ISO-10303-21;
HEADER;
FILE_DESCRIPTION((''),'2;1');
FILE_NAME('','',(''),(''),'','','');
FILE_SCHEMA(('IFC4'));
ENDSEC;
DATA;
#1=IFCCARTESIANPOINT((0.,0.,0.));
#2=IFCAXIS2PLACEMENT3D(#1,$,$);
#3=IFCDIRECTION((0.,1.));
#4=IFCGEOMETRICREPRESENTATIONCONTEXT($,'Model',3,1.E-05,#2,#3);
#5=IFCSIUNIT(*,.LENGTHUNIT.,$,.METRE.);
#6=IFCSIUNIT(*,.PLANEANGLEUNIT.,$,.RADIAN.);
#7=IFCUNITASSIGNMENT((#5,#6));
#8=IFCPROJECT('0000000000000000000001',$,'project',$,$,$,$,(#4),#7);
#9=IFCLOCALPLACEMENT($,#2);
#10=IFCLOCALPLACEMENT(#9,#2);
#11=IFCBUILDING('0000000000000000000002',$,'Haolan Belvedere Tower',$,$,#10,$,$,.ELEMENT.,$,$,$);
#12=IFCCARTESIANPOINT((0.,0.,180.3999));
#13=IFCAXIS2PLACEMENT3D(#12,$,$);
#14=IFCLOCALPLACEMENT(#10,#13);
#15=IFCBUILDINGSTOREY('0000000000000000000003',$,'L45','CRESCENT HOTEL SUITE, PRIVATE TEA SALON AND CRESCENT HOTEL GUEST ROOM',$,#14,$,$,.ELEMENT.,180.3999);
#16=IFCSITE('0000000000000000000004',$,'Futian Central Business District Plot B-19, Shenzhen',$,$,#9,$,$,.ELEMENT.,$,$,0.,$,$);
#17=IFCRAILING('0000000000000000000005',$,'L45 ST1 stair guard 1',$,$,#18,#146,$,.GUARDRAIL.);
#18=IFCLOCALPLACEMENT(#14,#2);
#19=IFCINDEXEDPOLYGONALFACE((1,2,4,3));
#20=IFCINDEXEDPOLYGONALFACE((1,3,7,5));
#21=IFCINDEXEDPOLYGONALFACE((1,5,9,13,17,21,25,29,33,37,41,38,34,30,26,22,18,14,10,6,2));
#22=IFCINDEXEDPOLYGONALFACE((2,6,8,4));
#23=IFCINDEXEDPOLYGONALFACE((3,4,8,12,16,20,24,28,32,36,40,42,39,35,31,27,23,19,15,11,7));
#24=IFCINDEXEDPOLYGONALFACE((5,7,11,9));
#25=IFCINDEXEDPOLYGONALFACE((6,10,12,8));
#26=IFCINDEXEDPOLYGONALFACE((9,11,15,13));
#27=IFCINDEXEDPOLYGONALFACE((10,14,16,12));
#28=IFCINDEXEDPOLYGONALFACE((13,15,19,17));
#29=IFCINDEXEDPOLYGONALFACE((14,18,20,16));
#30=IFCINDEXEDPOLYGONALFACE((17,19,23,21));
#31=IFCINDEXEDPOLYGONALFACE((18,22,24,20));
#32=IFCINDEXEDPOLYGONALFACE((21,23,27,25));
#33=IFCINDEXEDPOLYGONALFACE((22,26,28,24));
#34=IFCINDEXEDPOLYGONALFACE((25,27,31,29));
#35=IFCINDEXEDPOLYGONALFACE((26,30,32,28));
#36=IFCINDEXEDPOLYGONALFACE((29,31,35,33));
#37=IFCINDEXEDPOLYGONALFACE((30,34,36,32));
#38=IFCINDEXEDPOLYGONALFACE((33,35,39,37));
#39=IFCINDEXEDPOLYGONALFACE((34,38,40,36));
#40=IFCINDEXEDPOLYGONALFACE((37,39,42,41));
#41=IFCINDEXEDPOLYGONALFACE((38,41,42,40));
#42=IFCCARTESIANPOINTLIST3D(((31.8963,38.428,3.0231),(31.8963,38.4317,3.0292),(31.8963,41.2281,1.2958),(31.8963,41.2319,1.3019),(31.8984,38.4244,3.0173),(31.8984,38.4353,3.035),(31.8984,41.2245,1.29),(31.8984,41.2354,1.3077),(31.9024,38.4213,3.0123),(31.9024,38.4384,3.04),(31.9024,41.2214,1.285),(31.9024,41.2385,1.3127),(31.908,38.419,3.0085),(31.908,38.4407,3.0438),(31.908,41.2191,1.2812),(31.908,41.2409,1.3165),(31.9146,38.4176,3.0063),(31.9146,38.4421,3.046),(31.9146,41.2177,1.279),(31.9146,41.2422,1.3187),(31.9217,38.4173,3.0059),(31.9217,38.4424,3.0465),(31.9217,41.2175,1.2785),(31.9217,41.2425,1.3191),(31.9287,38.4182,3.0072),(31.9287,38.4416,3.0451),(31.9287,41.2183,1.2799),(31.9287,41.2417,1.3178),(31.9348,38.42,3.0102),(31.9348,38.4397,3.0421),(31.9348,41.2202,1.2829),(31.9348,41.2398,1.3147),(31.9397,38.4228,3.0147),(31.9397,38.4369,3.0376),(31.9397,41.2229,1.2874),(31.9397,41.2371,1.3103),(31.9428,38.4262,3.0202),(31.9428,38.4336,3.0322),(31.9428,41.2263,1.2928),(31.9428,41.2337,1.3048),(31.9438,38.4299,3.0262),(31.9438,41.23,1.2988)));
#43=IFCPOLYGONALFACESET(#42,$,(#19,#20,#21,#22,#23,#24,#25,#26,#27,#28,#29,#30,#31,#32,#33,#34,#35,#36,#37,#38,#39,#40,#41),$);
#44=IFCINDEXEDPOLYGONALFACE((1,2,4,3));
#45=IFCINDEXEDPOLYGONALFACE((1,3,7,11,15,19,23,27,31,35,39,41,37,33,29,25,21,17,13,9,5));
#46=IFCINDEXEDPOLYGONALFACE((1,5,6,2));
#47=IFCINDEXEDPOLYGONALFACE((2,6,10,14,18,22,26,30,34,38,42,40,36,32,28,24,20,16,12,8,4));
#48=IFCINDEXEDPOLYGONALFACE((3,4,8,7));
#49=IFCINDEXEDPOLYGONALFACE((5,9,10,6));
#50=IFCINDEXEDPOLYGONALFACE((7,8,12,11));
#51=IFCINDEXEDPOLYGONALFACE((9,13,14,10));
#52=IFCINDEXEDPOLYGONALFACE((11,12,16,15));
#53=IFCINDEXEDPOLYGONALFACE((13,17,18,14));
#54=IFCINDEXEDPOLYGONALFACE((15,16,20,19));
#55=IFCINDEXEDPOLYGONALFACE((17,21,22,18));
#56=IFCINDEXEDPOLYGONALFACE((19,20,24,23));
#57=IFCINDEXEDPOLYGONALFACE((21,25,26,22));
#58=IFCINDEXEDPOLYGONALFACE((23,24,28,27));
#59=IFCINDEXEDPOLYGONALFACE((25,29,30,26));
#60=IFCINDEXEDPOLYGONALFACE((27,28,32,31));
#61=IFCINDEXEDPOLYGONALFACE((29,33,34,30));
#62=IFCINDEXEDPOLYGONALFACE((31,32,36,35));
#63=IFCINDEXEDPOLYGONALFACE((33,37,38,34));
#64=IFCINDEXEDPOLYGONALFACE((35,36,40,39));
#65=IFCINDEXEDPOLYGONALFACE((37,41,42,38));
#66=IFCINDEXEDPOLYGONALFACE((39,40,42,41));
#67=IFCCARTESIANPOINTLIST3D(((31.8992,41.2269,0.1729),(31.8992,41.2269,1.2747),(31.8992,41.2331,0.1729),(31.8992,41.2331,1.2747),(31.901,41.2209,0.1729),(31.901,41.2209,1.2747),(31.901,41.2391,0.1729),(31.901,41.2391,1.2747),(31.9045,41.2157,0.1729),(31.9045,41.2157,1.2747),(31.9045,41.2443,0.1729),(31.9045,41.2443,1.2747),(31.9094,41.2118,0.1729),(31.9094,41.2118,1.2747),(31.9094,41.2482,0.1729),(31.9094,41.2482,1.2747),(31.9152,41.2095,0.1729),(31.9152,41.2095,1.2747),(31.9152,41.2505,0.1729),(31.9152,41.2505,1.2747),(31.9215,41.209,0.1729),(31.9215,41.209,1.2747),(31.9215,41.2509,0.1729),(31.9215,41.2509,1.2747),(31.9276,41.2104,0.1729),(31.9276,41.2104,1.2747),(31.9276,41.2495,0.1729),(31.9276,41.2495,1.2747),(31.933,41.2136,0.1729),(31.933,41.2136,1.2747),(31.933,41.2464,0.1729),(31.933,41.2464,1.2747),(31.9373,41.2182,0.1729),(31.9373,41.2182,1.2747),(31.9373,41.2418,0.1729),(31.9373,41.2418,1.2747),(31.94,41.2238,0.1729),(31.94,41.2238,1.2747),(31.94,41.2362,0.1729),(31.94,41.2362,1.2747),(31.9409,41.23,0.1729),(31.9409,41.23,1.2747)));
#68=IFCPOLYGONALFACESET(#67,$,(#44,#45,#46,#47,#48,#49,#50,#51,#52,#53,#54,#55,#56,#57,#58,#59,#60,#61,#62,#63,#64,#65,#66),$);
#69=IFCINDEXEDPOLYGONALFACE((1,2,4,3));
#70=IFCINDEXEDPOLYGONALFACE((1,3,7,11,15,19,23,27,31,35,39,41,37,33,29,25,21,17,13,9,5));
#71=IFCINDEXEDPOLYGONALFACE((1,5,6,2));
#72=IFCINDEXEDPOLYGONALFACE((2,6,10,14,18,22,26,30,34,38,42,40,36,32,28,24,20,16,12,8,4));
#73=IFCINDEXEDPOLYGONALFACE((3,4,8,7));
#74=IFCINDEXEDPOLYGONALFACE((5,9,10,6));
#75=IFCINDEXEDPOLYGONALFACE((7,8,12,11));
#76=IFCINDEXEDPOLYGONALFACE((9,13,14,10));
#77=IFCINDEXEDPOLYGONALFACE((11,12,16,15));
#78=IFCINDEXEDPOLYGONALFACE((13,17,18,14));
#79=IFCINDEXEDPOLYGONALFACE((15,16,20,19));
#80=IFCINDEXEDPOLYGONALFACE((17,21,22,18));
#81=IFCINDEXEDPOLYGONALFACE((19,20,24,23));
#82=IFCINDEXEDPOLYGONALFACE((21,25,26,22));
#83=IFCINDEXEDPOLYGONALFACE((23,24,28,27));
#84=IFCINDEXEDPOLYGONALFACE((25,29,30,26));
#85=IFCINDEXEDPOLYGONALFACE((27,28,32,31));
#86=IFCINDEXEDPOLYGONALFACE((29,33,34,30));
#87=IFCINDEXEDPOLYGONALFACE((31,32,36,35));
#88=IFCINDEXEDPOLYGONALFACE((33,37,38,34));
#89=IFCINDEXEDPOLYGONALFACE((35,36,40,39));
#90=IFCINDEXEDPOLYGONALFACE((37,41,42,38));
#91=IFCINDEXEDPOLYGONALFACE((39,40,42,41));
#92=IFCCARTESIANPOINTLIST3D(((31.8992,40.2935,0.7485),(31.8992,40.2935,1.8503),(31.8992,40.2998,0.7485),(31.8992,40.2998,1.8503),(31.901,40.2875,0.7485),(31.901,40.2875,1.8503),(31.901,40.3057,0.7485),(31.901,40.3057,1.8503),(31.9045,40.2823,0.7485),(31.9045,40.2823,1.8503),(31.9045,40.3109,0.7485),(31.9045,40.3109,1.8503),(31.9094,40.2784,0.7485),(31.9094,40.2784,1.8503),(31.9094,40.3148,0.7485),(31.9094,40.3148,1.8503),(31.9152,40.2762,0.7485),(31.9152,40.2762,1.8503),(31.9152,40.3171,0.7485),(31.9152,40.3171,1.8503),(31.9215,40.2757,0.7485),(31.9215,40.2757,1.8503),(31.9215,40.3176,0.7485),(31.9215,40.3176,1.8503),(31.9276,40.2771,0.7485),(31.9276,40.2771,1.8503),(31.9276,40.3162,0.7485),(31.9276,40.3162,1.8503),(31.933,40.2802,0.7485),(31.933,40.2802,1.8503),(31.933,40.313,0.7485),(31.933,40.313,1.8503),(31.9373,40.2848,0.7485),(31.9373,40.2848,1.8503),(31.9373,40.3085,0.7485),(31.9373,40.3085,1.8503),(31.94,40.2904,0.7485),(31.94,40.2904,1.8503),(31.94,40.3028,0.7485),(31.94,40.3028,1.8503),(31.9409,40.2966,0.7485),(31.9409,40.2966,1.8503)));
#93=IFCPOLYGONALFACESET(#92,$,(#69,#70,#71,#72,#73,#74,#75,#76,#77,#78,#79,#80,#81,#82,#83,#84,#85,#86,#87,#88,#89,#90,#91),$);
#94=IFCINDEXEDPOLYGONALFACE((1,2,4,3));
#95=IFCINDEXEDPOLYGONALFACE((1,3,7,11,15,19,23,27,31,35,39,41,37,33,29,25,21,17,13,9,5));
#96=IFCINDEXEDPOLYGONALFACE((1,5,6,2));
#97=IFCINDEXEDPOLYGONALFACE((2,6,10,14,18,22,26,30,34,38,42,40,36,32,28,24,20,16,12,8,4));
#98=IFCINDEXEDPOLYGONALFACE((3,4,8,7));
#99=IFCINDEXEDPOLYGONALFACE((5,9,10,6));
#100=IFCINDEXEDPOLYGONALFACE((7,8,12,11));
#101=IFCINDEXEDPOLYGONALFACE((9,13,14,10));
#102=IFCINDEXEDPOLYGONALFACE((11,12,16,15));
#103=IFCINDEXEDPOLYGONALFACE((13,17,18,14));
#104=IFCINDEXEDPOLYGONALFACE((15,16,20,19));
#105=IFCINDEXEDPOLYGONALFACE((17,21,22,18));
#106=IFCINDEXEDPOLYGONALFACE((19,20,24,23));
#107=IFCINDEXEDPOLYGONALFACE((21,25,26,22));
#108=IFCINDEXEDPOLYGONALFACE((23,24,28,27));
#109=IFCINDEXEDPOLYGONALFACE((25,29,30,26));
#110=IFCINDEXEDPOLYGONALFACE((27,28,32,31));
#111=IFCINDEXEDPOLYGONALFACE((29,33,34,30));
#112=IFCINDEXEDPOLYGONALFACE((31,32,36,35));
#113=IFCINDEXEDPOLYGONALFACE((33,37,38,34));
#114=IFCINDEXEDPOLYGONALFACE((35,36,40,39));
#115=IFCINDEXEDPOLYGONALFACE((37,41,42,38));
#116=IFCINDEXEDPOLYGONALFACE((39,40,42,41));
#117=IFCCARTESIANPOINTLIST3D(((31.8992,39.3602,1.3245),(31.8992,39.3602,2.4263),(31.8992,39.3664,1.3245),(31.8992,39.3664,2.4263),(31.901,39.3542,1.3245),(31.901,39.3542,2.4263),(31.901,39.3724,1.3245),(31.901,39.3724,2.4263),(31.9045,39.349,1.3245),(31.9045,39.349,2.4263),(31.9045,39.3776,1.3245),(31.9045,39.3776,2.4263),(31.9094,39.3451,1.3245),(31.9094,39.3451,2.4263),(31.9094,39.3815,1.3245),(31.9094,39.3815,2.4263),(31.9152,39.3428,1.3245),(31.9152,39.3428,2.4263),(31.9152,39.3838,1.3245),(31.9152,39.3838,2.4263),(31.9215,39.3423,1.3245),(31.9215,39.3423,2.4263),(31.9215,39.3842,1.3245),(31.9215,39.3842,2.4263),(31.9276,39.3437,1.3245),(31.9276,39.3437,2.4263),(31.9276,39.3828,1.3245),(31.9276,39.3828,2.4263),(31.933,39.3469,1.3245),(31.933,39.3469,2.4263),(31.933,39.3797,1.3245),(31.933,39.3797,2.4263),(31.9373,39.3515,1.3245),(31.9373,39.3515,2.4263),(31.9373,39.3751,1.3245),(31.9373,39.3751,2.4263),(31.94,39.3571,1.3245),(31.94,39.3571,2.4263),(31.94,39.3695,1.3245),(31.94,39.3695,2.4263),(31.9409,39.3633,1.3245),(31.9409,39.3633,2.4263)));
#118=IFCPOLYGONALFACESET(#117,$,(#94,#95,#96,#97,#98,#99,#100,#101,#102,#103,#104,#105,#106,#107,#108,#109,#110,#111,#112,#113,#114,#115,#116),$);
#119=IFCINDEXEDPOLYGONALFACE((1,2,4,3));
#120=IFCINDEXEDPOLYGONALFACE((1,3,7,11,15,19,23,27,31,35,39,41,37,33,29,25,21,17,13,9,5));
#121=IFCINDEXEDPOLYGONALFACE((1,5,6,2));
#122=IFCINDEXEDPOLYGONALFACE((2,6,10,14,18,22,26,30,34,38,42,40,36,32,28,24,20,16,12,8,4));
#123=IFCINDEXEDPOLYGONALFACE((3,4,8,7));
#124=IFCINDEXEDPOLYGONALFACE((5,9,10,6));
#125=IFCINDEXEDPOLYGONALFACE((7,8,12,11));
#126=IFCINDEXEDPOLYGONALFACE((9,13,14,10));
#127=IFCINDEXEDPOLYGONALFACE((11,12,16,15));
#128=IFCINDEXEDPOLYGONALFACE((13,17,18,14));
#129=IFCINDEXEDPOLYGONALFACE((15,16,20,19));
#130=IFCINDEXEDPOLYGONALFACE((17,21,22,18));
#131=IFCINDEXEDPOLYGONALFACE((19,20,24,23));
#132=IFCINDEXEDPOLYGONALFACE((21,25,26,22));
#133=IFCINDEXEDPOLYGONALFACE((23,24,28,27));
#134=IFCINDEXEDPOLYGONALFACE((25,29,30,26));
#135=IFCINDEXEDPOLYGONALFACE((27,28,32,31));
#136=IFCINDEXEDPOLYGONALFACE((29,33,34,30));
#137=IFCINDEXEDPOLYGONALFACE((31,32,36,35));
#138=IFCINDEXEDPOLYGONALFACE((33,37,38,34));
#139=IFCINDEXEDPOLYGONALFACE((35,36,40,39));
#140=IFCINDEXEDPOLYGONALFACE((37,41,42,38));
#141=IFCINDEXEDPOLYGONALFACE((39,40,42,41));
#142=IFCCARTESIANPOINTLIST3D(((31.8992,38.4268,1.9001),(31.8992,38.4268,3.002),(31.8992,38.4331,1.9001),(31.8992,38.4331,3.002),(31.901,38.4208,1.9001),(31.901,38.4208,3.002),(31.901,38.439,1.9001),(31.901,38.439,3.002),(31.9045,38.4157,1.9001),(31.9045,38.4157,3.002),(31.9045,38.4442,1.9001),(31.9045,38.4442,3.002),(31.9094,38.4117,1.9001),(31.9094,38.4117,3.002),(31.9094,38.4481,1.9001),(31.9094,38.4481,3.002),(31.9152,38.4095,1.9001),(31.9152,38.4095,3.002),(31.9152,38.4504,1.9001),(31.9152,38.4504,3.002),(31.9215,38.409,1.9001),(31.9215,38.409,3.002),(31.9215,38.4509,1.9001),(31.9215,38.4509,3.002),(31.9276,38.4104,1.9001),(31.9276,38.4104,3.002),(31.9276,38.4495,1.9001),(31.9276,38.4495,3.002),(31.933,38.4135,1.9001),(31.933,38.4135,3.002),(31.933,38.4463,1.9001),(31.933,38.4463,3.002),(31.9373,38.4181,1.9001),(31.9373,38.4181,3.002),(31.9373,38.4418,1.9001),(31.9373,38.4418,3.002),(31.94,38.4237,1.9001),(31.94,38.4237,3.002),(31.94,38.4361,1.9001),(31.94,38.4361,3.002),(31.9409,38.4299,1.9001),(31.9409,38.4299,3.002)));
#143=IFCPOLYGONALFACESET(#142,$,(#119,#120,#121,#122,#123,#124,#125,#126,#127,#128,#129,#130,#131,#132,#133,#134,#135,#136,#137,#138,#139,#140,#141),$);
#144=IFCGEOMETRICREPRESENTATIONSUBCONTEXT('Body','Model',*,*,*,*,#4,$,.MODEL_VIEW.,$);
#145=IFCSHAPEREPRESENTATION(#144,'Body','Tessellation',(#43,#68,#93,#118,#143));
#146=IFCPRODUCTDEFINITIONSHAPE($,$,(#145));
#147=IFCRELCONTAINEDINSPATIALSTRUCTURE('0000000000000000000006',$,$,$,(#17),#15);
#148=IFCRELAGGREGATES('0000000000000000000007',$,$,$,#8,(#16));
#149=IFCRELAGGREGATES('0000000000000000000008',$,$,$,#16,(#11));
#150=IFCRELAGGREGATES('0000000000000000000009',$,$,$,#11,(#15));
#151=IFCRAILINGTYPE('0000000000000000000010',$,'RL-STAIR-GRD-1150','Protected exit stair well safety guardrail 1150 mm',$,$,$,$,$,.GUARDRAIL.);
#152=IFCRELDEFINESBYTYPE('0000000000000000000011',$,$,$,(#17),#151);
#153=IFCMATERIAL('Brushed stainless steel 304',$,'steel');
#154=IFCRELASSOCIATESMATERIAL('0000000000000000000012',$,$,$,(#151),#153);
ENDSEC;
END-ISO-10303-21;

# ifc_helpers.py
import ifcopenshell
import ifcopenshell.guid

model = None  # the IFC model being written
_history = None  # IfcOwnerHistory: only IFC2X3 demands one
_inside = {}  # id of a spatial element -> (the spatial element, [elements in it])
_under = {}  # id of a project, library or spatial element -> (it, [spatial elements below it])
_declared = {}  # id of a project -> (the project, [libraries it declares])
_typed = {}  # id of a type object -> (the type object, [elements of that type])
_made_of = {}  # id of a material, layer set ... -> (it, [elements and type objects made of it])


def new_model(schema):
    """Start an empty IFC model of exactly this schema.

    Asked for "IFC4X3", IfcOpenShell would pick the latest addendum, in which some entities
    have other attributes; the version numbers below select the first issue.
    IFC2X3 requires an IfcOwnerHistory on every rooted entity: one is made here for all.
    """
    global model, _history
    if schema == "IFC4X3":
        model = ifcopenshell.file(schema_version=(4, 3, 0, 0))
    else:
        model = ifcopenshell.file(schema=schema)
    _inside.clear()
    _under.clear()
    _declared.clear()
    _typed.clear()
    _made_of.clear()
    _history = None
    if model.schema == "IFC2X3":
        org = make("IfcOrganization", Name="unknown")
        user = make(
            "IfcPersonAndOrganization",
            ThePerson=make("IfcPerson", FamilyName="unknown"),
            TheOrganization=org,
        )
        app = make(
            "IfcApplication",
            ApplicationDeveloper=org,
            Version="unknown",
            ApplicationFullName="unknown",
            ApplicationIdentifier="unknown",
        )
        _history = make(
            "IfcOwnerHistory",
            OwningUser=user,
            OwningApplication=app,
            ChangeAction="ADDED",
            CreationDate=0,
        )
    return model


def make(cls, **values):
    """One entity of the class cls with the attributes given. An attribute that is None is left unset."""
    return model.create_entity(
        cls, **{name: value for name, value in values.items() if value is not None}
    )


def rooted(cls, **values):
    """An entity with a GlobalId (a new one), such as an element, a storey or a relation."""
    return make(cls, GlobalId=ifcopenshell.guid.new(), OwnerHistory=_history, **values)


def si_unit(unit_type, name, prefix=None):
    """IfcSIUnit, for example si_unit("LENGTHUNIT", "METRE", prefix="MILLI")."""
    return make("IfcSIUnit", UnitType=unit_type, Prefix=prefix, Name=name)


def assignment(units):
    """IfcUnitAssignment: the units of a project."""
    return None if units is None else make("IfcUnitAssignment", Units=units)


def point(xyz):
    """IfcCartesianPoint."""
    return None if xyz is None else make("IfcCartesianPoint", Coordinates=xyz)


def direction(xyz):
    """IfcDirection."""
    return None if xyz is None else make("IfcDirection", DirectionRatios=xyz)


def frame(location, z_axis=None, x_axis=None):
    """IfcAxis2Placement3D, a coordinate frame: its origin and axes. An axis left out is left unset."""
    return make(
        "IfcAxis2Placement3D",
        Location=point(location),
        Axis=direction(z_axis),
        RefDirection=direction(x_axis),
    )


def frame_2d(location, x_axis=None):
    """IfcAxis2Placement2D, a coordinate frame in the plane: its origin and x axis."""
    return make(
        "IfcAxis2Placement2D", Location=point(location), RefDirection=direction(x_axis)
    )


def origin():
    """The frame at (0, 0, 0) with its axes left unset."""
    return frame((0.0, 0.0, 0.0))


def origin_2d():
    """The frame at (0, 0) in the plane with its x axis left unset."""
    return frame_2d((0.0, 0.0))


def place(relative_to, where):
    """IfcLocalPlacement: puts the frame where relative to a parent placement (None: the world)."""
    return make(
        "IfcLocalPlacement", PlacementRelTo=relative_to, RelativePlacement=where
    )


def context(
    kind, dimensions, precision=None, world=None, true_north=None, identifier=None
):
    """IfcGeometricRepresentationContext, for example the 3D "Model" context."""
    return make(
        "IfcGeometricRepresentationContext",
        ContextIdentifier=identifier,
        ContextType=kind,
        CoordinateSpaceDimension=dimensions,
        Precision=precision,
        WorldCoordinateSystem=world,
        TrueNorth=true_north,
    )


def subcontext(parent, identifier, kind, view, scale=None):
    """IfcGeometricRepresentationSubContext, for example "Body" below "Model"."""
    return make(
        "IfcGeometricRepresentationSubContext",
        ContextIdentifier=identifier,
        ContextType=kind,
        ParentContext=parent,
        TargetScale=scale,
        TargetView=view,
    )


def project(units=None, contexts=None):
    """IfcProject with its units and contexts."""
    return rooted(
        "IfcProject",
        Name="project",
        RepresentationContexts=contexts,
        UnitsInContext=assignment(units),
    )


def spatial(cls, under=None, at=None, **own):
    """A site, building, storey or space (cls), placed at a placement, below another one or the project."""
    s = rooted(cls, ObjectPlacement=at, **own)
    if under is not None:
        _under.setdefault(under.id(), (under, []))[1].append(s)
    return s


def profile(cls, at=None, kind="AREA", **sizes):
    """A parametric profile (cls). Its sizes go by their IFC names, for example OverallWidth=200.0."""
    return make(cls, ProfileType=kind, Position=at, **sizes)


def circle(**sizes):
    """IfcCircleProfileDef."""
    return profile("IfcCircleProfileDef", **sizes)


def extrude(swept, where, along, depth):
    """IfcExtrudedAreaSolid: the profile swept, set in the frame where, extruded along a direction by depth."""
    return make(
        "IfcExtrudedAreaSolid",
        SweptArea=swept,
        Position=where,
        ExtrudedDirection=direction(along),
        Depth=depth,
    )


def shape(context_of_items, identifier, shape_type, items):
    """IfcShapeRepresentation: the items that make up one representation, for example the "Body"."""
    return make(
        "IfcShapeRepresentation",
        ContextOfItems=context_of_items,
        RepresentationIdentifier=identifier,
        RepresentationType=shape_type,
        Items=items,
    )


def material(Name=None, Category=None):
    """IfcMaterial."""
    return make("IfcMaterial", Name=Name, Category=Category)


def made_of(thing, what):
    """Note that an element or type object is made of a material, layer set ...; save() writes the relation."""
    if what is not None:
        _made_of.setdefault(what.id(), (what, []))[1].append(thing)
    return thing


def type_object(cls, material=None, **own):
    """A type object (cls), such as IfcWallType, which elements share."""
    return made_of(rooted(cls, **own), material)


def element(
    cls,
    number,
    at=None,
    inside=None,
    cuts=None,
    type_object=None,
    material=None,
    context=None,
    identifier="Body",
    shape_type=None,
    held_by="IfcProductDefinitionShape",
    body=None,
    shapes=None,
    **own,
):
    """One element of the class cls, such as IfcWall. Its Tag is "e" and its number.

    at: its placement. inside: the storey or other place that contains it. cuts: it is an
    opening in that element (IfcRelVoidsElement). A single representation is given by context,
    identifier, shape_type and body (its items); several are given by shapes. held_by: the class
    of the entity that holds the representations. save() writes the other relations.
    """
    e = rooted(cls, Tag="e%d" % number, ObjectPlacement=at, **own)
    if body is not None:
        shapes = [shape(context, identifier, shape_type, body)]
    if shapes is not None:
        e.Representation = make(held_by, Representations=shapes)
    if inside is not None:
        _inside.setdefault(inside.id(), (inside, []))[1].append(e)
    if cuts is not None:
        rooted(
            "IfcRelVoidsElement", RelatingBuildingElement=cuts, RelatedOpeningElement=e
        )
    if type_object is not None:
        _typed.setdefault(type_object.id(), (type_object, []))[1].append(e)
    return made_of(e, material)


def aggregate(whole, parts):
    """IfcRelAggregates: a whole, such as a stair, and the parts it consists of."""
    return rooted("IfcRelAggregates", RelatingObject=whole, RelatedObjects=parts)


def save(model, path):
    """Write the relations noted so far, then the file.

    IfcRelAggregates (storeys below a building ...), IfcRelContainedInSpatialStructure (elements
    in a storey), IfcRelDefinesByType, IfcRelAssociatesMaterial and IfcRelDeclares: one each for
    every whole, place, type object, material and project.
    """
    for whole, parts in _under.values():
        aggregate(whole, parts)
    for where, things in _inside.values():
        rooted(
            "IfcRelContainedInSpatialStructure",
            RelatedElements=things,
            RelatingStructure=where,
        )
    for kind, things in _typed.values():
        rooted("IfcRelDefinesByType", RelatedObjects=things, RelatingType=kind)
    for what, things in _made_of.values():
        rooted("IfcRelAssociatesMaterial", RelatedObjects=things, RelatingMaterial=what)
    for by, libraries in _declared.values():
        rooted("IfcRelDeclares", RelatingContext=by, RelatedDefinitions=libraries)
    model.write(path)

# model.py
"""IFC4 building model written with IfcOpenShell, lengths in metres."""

from ifc_helpers import new_model, si_unit, direction, frame, origin, origin_2d, place, context, subcontext, project, spatial, circle, extrude, material, type_object, element, save


model = new_model("IFC4")

# Units and contexts
model_context = context("Model", 3, precision=1e-05, world=origin(), true_north=direction((0.0, 1.0)))
body_context = subcontext(model_context, "Body", "Model", "MODEL_VIEW")
ifc_project = project(units=[si_unit("LENGTHUNIT", "METRE"), si_unit("PLANEANGLEUNIT", "RADIAN")], contexts=[model_context])

# Site, building, storey
site_placement = place(None, origin())
site = spatial("IfcSite", under=ifc_project, at=site_placement, Name="Futian Central Business District Plot B-19, Shenzhen", CompositionType="ELEMENT", RefElevation=0.0)
building_placement = place(site_placement, origin())
building = spatial("IfcBuilding", under=site, at=building_placement, Name="Haolan Belvedere Tower", CompositionType="ELEMENT")
storey_placement = place(building_placement, frame((0.0, 0.0, 180.3999)))
storey = spatial("IfcBuildingStorey", under=building, at=storey_placement, Name="L45", Description="CRESCENT HOTEL SUITE, PRIVATE TEA SALON AND CRESCENT HOTEL GUEST ROOM", CompositionType="ELEMENT", Elevation=180.3999)

# Railing
ifc_material_1 = material(Name="Brushed stainless steel 304", Category="steel")
railing_type_1 = type_object("IfcRailingType", Name="RL-STAIR-GRD-1150", Description="Protected exit stair well safety guardrail 1150 mm", PredefinedType="GUARDRAIL", material=ifc_material_1)
railing_1_placement = place(storey_placement, frame((31.9199, 41.23, 0.1729)))
element("IfcRailing", 1, at=railing_1_placement, inside=storey, type_object=railing_type_1, Name="L45 ST1 stair guard 1", PredefinedType="GUARDRAIL", context=body_context, shape_type="SweptSolid", body=[
    extrude(circle(Radius=0.0239, at=origin_2d()), frame((0.0, 0.0, 1.126), z_axis=(0.0, -0.85109, 0.52502), x_axis=(1.0, 0.0, 0.0)), (0.0, 0.0, 1.0), 3.29),
    extrude(circle(Radius=0.021, at=origin_2d()), origin(), (0.0, 0.0, 1.0), 1.1018),
    extrude(circle(Radius=0.021, at=origin_2d()), frame((0.0, -0.9333, 0.5757)), (0.0, 0.0, 1.0), 1.1018),
    extrude(circle(Radius=0.021, at=origin_2d()), frame((0.0, -1.8667, 1.1516)), (0.0, 0.0, 1.0), 1.1018),
    extrude(circle(Radius=0.021, at=origin_2d()), frame((0.0, -2.8, 1.7273)), (0.0, 0.0, 1.0), 1.1018),
])

save(model, "model.ifc")
